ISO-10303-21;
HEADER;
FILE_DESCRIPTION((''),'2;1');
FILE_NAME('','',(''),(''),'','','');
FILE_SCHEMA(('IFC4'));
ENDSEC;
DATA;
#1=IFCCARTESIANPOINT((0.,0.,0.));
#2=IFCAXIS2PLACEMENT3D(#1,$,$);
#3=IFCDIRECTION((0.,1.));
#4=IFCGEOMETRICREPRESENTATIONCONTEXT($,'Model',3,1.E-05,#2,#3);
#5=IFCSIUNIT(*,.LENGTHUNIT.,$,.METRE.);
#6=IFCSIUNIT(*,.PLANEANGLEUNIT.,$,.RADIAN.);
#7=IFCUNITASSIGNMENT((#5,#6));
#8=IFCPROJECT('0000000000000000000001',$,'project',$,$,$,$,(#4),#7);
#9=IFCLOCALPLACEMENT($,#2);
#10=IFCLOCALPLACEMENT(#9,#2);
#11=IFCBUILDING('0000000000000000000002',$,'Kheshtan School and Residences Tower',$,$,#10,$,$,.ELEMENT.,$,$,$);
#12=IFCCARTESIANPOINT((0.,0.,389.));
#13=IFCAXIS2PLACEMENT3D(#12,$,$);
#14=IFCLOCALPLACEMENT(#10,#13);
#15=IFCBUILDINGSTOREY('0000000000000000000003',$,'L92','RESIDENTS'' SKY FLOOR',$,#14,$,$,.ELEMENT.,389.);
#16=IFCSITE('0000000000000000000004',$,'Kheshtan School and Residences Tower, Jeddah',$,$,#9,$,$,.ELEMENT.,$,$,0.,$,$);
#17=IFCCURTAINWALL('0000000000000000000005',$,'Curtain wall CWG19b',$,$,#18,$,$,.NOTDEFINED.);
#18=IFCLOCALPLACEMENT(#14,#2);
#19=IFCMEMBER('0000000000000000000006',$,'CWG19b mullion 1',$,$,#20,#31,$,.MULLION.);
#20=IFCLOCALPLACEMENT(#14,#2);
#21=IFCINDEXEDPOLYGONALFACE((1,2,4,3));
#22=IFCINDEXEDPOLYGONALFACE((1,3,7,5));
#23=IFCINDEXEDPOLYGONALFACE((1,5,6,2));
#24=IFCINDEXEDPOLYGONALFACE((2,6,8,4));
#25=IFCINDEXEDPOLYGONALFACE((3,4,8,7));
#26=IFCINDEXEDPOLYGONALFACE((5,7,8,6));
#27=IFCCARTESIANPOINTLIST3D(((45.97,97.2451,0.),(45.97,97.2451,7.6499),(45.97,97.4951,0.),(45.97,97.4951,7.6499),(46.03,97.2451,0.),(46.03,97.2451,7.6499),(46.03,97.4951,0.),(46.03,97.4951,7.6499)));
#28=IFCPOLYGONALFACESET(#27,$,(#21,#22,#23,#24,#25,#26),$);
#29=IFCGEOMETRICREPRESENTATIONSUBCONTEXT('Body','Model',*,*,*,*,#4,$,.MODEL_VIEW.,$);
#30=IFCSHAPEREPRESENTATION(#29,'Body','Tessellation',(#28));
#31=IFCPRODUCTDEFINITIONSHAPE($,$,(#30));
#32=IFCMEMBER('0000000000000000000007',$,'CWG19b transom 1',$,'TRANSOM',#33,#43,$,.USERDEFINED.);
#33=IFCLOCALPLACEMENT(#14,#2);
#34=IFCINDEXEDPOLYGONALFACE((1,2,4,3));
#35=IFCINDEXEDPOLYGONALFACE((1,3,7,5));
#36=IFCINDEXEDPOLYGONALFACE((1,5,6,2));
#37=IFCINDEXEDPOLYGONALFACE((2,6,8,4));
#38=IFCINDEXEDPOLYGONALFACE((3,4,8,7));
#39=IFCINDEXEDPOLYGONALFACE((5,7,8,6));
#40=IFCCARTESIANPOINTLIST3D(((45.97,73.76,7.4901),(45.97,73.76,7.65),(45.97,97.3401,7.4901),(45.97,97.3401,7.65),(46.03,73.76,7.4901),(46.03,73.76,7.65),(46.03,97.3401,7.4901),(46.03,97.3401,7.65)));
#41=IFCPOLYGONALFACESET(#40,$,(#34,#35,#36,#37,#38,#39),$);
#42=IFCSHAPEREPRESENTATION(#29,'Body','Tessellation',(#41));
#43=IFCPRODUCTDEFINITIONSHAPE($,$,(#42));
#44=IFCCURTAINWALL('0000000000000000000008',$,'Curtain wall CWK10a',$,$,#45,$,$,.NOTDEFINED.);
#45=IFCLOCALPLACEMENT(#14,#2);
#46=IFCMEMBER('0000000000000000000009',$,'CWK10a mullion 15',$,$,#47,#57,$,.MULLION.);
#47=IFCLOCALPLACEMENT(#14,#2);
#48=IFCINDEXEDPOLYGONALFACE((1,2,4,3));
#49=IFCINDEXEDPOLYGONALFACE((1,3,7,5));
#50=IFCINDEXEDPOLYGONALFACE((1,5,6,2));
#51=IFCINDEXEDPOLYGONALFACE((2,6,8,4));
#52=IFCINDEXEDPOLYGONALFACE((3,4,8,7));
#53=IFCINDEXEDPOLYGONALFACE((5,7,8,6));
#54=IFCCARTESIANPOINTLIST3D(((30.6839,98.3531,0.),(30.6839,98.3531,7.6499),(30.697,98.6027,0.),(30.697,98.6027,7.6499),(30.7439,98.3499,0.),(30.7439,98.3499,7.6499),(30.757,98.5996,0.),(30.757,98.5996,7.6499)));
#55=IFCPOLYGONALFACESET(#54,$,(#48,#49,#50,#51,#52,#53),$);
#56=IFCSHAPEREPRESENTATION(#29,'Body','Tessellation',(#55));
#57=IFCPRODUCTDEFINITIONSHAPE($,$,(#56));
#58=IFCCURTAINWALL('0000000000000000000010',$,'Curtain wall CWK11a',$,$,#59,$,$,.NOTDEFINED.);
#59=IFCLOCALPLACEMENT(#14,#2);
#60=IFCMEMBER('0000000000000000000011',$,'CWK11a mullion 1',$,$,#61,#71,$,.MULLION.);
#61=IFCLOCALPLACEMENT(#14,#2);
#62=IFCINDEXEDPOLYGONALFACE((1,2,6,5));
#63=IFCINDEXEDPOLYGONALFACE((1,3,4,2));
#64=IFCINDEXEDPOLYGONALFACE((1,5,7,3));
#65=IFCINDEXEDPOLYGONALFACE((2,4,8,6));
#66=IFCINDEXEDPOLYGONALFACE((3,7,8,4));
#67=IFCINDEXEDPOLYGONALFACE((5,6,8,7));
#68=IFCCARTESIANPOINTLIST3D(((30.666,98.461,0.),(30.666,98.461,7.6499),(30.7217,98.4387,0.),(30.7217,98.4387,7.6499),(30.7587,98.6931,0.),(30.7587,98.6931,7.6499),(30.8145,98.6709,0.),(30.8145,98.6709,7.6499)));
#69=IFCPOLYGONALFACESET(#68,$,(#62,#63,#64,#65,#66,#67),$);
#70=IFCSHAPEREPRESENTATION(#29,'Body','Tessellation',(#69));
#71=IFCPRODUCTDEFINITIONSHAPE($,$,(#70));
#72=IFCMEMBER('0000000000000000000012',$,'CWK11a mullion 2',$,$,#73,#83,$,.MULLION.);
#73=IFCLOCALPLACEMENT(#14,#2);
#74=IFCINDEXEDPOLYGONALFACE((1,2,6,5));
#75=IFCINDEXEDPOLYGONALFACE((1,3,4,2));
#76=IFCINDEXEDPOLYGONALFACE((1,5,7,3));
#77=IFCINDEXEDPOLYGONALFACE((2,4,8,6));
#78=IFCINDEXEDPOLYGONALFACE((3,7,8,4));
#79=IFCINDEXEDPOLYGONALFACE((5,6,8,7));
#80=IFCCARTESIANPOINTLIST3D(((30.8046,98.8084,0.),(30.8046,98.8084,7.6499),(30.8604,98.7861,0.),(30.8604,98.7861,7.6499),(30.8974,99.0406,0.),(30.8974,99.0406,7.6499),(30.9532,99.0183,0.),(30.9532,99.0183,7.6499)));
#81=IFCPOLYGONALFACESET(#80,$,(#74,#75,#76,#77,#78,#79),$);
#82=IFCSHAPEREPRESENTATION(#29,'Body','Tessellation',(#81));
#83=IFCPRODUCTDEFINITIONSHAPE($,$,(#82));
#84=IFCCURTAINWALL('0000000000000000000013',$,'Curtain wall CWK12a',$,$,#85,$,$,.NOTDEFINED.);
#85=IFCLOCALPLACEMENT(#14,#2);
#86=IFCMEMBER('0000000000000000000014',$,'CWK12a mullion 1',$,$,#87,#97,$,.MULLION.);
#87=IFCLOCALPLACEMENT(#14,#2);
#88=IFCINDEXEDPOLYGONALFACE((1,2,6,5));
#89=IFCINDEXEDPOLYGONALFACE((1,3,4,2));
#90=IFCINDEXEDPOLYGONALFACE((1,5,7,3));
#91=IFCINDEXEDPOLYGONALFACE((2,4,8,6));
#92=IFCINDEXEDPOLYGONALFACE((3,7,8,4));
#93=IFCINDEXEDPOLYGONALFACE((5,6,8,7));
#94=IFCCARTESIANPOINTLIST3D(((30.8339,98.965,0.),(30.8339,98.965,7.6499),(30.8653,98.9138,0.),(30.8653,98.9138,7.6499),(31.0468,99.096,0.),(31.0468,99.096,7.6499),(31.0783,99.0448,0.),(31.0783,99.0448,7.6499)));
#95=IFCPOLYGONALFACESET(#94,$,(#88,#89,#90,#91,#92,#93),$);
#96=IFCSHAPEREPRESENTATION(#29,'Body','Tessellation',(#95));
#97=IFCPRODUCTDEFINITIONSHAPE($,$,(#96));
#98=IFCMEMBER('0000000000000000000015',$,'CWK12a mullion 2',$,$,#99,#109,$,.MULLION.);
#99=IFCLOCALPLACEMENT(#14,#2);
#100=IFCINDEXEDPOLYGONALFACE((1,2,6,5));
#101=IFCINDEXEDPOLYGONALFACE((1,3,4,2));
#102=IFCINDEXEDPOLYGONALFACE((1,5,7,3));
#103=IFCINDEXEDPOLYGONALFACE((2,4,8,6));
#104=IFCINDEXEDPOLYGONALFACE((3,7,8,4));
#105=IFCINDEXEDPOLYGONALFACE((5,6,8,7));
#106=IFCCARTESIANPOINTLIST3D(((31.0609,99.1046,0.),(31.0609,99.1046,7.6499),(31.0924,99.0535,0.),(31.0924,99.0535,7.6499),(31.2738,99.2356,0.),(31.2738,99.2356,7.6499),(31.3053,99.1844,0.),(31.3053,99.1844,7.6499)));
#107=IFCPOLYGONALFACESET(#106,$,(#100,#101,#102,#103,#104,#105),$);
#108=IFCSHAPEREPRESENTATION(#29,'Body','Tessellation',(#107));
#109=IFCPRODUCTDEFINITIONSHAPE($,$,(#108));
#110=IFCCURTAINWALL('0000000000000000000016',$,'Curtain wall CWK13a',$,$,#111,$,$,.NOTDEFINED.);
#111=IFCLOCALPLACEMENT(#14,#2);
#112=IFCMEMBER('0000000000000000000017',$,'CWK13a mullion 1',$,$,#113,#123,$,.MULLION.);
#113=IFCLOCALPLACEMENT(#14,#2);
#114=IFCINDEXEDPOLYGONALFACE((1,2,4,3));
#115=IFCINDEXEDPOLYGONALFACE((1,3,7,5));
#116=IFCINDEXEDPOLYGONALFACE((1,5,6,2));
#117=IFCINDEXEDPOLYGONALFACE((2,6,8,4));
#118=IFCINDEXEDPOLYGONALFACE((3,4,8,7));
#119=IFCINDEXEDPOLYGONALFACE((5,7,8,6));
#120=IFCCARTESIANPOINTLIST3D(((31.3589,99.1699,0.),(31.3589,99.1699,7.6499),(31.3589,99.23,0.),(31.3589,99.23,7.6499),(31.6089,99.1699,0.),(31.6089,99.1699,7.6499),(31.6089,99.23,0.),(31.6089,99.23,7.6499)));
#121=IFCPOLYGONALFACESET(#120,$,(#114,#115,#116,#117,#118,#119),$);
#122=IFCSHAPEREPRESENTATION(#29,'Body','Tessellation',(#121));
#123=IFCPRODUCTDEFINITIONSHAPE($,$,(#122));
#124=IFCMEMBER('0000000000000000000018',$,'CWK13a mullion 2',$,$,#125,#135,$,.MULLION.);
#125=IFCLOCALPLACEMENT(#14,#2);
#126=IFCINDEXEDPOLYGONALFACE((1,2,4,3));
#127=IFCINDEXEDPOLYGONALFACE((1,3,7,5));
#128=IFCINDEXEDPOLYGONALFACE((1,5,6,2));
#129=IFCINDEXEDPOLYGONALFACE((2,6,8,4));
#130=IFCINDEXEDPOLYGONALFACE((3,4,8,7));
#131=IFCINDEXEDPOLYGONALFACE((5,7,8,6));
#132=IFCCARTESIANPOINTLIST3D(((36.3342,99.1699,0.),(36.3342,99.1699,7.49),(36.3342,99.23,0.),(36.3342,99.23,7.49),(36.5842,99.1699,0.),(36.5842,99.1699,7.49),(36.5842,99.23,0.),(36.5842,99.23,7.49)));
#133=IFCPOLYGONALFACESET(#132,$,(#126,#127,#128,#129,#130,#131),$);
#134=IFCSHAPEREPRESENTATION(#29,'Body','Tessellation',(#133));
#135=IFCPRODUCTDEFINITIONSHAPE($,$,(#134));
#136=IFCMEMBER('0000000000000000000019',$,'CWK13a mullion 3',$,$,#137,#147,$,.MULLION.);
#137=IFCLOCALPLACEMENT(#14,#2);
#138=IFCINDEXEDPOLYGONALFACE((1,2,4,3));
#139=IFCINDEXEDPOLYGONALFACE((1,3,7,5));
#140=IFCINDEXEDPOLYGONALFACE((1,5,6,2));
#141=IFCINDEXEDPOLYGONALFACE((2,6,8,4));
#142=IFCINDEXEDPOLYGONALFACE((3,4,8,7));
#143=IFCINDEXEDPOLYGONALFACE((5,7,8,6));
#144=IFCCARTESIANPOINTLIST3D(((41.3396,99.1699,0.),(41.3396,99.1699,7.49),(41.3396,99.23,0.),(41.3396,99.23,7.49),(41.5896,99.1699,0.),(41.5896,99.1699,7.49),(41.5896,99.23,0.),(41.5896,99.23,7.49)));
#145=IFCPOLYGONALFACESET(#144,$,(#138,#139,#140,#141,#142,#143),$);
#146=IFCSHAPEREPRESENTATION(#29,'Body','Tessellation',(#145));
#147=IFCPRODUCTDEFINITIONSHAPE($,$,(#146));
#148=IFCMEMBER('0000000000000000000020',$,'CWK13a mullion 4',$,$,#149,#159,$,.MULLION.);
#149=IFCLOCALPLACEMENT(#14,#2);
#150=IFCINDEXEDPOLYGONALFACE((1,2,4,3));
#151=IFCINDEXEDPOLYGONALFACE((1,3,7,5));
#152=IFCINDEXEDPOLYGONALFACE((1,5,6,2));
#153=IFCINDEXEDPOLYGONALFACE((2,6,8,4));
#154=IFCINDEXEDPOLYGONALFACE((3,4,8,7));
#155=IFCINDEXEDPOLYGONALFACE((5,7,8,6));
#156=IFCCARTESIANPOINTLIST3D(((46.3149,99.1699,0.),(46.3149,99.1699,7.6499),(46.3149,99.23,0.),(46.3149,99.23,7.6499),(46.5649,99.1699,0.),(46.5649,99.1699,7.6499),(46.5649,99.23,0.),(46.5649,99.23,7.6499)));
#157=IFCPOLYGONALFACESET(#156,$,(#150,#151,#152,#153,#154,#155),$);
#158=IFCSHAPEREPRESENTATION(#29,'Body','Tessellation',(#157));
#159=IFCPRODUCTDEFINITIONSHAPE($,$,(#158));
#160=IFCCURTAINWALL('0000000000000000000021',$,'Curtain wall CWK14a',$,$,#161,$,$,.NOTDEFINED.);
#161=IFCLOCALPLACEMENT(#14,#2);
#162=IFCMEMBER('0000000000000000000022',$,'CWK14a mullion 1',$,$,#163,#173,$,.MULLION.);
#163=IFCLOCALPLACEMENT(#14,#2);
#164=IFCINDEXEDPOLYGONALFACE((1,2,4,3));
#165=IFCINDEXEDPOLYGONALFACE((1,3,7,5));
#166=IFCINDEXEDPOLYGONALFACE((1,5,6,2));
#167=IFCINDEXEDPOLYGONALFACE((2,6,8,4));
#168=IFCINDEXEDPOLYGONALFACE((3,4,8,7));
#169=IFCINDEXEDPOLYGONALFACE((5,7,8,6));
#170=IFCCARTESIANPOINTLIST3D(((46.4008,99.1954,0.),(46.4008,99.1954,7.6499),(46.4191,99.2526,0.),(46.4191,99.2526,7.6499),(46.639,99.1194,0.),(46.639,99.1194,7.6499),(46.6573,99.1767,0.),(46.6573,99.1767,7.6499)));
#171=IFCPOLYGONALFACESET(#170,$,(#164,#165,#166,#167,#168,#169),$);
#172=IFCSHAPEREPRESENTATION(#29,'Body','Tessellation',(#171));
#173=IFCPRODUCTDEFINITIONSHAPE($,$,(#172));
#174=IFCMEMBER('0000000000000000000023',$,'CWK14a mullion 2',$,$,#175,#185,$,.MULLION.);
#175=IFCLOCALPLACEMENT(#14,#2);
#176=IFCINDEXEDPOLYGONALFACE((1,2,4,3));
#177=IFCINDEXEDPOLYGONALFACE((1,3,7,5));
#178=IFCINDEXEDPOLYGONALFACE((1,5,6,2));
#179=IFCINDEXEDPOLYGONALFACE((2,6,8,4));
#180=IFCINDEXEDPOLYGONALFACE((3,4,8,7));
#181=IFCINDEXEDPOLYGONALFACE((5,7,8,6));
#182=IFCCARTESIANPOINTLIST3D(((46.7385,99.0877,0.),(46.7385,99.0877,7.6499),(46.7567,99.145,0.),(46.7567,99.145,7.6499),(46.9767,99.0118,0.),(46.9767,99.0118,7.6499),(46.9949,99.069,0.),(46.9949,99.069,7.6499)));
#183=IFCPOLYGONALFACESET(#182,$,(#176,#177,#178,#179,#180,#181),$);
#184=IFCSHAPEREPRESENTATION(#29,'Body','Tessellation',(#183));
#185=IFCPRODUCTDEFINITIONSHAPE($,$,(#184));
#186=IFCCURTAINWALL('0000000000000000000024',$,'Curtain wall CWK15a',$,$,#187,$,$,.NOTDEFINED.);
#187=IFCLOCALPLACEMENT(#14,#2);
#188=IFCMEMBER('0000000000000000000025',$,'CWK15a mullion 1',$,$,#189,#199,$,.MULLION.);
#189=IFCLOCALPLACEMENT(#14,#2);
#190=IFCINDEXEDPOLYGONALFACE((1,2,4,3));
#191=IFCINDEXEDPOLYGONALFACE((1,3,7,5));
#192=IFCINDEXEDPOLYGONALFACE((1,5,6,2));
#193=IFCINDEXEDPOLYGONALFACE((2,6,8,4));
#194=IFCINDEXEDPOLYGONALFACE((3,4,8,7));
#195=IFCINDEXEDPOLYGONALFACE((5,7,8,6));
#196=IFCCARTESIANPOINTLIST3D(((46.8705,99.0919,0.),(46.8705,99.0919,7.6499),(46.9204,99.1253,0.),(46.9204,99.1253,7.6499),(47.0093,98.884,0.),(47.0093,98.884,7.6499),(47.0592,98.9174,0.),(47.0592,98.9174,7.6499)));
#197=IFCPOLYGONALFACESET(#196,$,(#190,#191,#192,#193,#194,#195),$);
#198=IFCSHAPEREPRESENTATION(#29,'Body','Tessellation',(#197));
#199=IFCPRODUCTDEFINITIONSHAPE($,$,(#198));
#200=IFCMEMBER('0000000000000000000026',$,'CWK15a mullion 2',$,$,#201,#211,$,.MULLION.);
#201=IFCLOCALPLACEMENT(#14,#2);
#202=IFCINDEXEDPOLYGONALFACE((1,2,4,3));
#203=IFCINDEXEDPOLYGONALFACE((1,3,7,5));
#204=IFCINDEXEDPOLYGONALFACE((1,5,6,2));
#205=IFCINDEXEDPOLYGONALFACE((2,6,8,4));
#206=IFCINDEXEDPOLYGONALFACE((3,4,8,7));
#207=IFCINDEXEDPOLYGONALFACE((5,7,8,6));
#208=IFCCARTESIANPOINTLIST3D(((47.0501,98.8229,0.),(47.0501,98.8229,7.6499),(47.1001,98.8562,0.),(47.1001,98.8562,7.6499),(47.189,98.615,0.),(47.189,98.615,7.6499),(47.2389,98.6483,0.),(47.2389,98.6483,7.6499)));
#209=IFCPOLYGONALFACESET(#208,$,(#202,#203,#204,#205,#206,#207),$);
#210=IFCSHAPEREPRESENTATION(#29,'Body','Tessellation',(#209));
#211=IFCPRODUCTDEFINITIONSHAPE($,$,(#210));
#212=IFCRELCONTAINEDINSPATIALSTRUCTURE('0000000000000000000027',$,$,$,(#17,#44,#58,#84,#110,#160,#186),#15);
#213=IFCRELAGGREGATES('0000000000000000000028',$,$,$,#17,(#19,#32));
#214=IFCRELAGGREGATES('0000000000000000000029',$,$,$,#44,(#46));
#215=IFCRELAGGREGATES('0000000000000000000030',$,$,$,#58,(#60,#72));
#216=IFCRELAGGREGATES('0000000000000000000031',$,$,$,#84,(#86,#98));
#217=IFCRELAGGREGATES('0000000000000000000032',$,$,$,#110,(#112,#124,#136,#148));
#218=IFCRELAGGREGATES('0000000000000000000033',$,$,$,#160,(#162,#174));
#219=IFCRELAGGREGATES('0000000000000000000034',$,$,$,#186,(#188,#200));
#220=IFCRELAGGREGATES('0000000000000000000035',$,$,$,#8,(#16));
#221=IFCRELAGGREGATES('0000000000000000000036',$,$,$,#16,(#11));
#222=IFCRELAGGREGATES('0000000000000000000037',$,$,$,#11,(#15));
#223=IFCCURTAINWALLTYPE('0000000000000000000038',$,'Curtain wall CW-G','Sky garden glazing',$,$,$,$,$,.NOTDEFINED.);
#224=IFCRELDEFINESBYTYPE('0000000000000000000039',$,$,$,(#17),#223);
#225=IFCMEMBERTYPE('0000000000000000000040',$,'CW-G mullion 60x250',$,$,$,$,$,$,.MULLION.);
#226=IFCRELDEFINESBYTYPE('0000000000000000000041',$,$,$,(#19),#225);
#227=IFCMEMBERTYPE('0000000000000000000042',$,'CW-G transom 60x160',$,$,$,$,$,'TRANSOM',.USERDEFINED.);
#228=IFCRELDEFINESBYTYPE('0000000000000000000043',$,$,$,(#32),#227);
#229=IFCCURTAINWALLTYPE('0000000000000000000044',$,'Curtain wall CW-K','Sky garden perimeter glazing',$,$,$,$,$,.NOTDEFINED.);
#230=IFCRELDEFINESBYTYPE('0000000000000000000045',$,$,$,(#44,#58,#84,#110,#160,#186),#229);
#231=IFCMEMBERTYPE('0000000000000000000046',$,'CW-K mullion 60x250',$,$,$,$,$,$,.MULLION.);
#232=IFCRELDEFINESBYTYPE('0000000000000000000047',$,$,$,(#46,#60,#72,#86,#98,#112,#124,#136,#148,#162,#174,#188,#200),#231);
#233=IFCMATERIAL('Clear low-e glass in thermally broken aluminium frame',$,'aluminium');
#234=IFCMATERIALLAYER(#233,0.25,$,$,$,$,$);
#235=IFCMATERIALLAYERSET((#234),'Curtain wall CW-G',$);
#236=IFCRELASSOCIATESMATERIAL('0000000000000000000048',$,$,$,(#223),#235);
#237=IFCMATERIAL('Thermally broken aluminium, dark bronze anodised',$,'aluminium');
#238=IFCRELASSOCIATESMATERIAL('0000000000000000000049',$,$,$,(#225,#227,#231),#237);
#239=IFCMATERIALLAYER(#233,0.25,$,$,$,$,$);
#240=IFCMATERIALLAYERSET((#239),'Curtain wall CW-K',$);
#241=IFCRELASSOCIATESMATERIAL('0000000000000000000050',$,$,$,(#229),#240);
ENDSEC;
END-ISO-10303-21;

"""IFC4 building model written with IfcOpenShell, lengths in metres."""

from ifc_helpers import new_model, si_unit, direction, frame, origin, origin_2d, place, context, subcontext, project, spatial, rectangle, extrude, material, layer, layer_set, material_profile, profile_set, type_object, element, aggregate, save


model = new_model("IFC4")

# Units and contexts
model_context = context("Model", 3, precision=1e-05, world=origin(), true_north=direction((0.0, 1.0)))
body_context = subcontext(model_context, "Body", "Model", "MODEL_VIEW")
ifc_project = project(units=[si_unit("LENGTHUNIT", "METRE"), si_unit("PLANEANGLEUNIT", "RADIAN")], contexts=[model_context])

# Site, building, storey
site_placement = place(None, origin())
site = spatial("IfcSite", under=ifc_project, at=site_placement, Name="Kheshtan School and Residences Tower, Jeddah", CompositionType="ELEMENT", RefElevation=0.0)
building_placement = place(site_placement, origin())
building = spatial("IfcBuilding", under=site, at=building_placement, Name="Kheshtan School and Residences Tower", CompositionType="ELEMENT")
storey_placement = place(building_placement, frame((0.0, 0.0, 389.0)))
storey = spatial("IfcBuildingStorey", under=building, at=storey_placement, Name="L92", Description="RESIDENTS' SKY FLOOR", CompositionType="ELEMENT", Elevation=389.0)

# Curtain wall, members
ifc_material_1 = material(Name="Clear low-e glass in thermally broken aluminium frame", Category="aluminium")
ifc_layer_1 = layer(ifc_material_1, 0.25)
ifc_layer_set_1 = layer_set([ifc_layer_1], Name="Curtain wall CW-G")
curtain_wall_type_1 = type_object("IfcCurtainWallType", Name="Curtain wall CW-G", Description="Sky garden glazing", PredefinedType="NOTDEFINED", material=ifc_layer_set_1)
curtain_wall_1_placement = place(storey_placement, origin())
curtain_wall_1 = element("IfcCurtainWall", 1, at=curtain_wall_1_placement, inside=storey, type_object=curtain_wall_type_1, Name="Curtain wall CWG19b", PredefinedType="NOTDEFINED")
ifc_material_2 = material(Name="Thermally broken aluminium, dark bronze anodised", Category="aluminium")
ifc_material_profile_1 = material_profile(ifc_material_2, rectangle(XDim=0.0601, YDim=0.25, at=origin_2d()), Name="CW-G mullion 60x250")
ifc_profile_set_1 = profile_set([ifc_material_profile_1], Name="Thermally broken aluminium, dark bronze anodised")
member_type_1 = type_object("IfcMemberType", Name="CW-G mullion 60x250", PredefinedType="MULLION", material=ifc_profile_set_1)
member_1_placement = place(storey_placement, frame((46.0, 97.3701, 0.0), z_axis=(0.0, 0.0, 1.0), x_axis=(1.0, 0.0, 0.0)))
member_1 = element("IfcMember", 2, at=member_1_placement, type_object=member_type_1, Name="CWG19b mullion 1", PredefinedType="MULLION", context=body_context, shape_type="SweptSolid", body=[
    extrude(rectangle(XDim=0.0601, YDim=0.25, at=origin_2d()), origin(), (0.0, 0.0, 1.0), 7.6499),
])
ifc_material_profile_2 = material_profile(ifc_material_2, rectangle(XDim=0.0601, YDim=0.1599, at=origin_2d()), Name="CW-G transom 60x160")
ifc_profile_set_2 = profile_set([ifc_material_profile_2], Name="Thermally broken aluminium, dark bronze anodised")
member_type_2 = type_object("IfcMemberType", Name="CW-G transom 60x160", ElementType="TRANSOM", PredefinedType="USERDEFINED", material=ifc_profile_set_2)
member_2_placement = place(storey_placement, frame((46.0, 97.3401, 7.5701), z_axis=(0.0, -1.0, 0.0), x_axis=(1.0, 0.0, 0.0)))
member_2 = element("IfcMember", 3, at=member_2_placement, type_object=member_type_2, Name="CWG19b transom 1", ObjectType="TRANSOM", PredefinedType="USERDEFINED", context=body_context, shape_type="SweptSolid", body=[
    extrude(rectangle(XDim=0.0601, YDim=0.1599, at=origin_2d()), origin(), (0.0, 0.0, 1.0), 23.5801),
])
aggregate(curtain_wall_1, [member_1, member_2])

# Curtain wall, member
ifc_layer_2 = layer(ifc_material_1, 0.25)
ifc_layer_set_2 = layer_set([ifc_layer_2], Name="Curtain wall CW-K")
curtain_wall_type_2 = type_object("IfcCurtainWallType", Name="Curtain wall CW-K", Description="Sky garden perimeter glazing", PredefinedType="NOTDEFINED", material=ifc_layer_set_2)
curtain_wall_2_placement = place(storey_placement, origin())
curtain_wall_2 = element("IfcCurtainWall", 4, at=curtain_wall_2_placement, inside=storey, type_object=curtain_wall_type_2, Name="Curtain wall CWK10a", PredefinedType="NOTDEFINED")
ifc_material_profile_3 = material_profile(ifc_material_2, rectangle(XDim=0.0601, YDim=0.25, at=origin_2d()), Name="CW-K mullion 60x250")
ifc_profile_set_3 = profile_set([ifc_material_profile_3], Name="Thermally broken aluminium, dark bronze anodised")
member_type_3 = type_object("IfcMemberType", Name="CW-K mullion 60x250", PredefinedType="MULLION", material=ifc_profile_set_3)
member_3_placement = place(storey_placement, frame((30.7205, 98.4763, 0.0), z_axis=(0.0, 0.0, 1.0), x_axis=(-0.998617, 0.052565, 0.0)))
member_3 = element("IfcMember", 5, at=member_3_placement, type_object=member_type_3, Name="CWK10a mullion 15", PredefinedType="MULLION", context=body_context, shape_type="SweptSolid", body=[
    extrude(rectangle(XDim=0.0601, YDim=0.25, at=origin_2d()), origin(), (0.0, 0.0, 1.0), 7.6499),
])
aggregate(curtain_wall_2, [member_3])

# Curtain walls, members
curtain_wall_3_placement = place(storey_placement, origin())
curtain_wall_3 = element("IfcCurtainWall", 6, at=curtain_wall_3_placement, inside=storey, type_object=curtain_wall_type_2, Name="Curtain wall CWK11a", PredefinedType="NOTDEFINED")
member_4_placement = place(storey_placement, frame((30.7402, 98.5659, 0.0), z_axis=(0.0, 0.0, 1.0), x_axis=(-0.928636, 0.370993, 0.0)))
member_4 = element("IfcMember", 7, at=member_4_placement, type_object=member_type_3, Name="CWK11a mullion 1", PredefinedType="MULLION", context=body_context, shape_type="SweptSolid", body=[
    extrude(rectangle(XDim=0.0601, YDim=0.25, at=origin_2d()), origin(), (0.0, 0.0, 1.0), 7.6499),
])
member_5_placement = place(storey_placement, frame((30.8789, 98.9133, 0.0), z_axis=(0.0, 0.0, 1.0), x_axis=(-0.928636, 0.370993, 0.0)))
member_5 = element("IfcMember", 8, at=member_5_placement, type_object=member_type_3, Name="CWK11a mullion 2", PredefinedType="MULLION", context=body_context, shape_type="SweptSolid", body=[
    extrude(rectangle(XDim=0.0601, YDim=0.25, at=origin_2d()), origin(), (0.0, 0.0, 1.0), 7.6499),
])
curtain_wall_4_placement = place(storey_placement, origin())
curtain_wall_4 = element("IfcCurtainWall", 9, at=curtain_wall_4_placement, inside=storey, type_object=curtain_wall_type_2, Name="Curtain wall CWK12a", PredefinedType="NOTDEFINED")
member_6_placement = place(storey_placement, frame((30.9561, 99.0049, 0.0), z_axis=(0.0, 0.0, 1.0), x_axis=(-0.523926, 0.851763, 0.0)))
member_6 = element("IfcMember", 10, at=member_6_placement, type_object=member_type_3, Name="CWK12a mullion 1", PredefinedType="MULLION", context=body_context, shape_type="SweptSolid", body=[
    extrude(rectangle(XDim=0.0601, YDim=0.25, at=origin_2d()), origin(), (0.0, 0.0, 1.0), 7.6499),
])
member_7_placement = place(storey_placement, frame((31.1831, 99.1445, 0.0), z_axis=(0.0, 0.0, 1.0), x_axis=(-0.523926, 0.851763, 0.0)))
member_7 = element("IfcMember", 11, at=member_7_placement, type_object=member_type_3, Name="CWK12a mullion 2", PredefinedType="MULLION", context=body_context, shape_type="SweptSolid", body=[
    extrude(rectangle(XDim=0.0601, YDim=0.25, at=origin_2d()), origin(), (0.0, 0.0, 1.0), 7.6499),
])
curtain_wall_5_placement = place(storey_placement, origin())
curtain_wall_5 = element("IfcCurtainWall", 12, at=curtain_wall_5_placement, inside=storey, type_object=curtain_wall_type_2, Name="Curtain wall CWK13a", PredefinedType="NOTDEFINED")
member_8_placement = place(storey_placement, frame((31.4839, 99.2, 0.0), z_axis=(0.0, 0.0, 1.0), x_axis=(0.0, 1.0, 0.0)))
member_8 = element("IfcMember", 13, at=member_8_placement, type_object=member_type_3, Name="CWK13a mullion 1", PredefinedType="MULLION", context=body_context, shape_type="SweptSolid", body=[
    extrude(rectangle(XDim=0.0601, YDim=0.25, at=origin_2d()), origin(), (0.0, 0.0, 1.0), 7.6499),
])
member_9_placement = place(storey_placement, frame((36.4592, 99.2, 0.0), z_axis=(0.0, 0.0, 1.0), x_axis=(0.0, 1.0, 0.0)))
member_9 = element("IfcMember", 14, at=member_9_placement, type_object=member_type_3, Name="CWK13a mullion 2", PredefinedType="MULLION", context=body_context, shape_type="SweptSolid", body=[
    extrude(rectangle(XDim=0.0601, YDim=0.25, at=origin_2d()), origin(), (0.0, 0.0, 1.0), 7.49),
])
member_10_placement = place(storey_placement, frame((41.4646, 99.2, 0.0), z_axis=(0.0, 0.0, 1.0), x_axis=(0.0, 1.0, 0.0)))
member_10 = element("IfcMember", 15, at=member_10_placement, type_object=member_type_3, Name="CWK13a mullion 3", PredefinedType="MULLION", context=body_context, shape_type="SweptSolid", body=[
    extrude(rectangle(XDim=0.0601, YDim=0.25, at=origin_2d()), origin(), (0.0, 0.0, 1.0), 7.49),
])
member_11_placement = place(storey_placement, frame((46.4399, 99.2, 0.0), z_axis=(0.0, 0.0, 1.0), x_axis=(0.0, 1.0, 0.0)))
member_11 = element("IfcMember", 16, at=member_11_placement, type_object=member_type_3, Name="CWK13a mullion 4", PredefinedType="MULLION", context=body_context, shape_type="SweptSolid", body=[
    extrude(rectangle(XDim=0.0601, YDim=0.25, at=origin_2d()), origin(), (0.0, 0.0, 1.0), 7.6499),
])
curtain_wall_6_placement = place(storey_placement, origin())
curtain_wall_6 = element("IfcCurtainWall", 17, at=curtain_wall_6_placement, inside=storey, type_object=curtain_wall_type_2, Name="Curtain wall CWK14a", PredefinedType="NOTDEFINED")
member_12_placement = place(storey_placement, frame((46.5291, 99.186, 0.0), z_axis=(0.0, 0.0, 1.0), x_axis=(0.3039, 0.952704, 0.0)))
member_12 = element("IfcMember", 18, at=member_12_placement, type_object=member_type_3, Name="CWK14a mullion 1", PredefinedType="MULLION", context=body_context, shape_type="SweptSolid", body=[
    extrude(rectangle(XDim=0.0601, YDim=0.25, at=origin_2d()), origin(), (0.0, 0.0, 1.0), 7.6499),
])
member_13_placement = place(storey_placement, frame((46.8667, 99.0784, 0.0), z_axis=(0.0, 0.0, 1.0), x_axis=(0.3039, 0.952704, 0.0)))
member_13 = element("IfcMember", 19, at=member_13_placement, type_object=member_type_3, Name="CWK14a mullion 2", PredefinedType="MULLION", context=body_context, shape_type="SweptSolid", body=[
    extrude(rectangle(XDim=0.0601, YDim=0.25, at=origin_2d()), origin(), (0.0, 0.0, 1.0), 7.6499),
])
curtain_wall_7_placement = place(storey_placement, origin())
curtain_wall_7 = element("IfcCurtainWall", 20, at=curtain_wall_7_placement, inside=storey, type_object=curtain_wall_type_2, Name="Curtain wall CWK15a", PredefinedType="NOTDEFINED")
member_14_placement = place(storey_placement, frame((46.9648, 99.0046, 0.0), z_axis=(0.0, 0.0, 1.0), x_axis=(0.831649, 0.555302, 0.0)))
member_14 = element("IfcMember", 21, at=member_14_placement, type_object=member_type_3, Name="CWK15a mullion 1", PredefinedType="MULLION", context=body_context, shape_type="SweptSolid", body=[
    extrude(rectangle(XDim=0.0601, YDim=0.25, at=origin_2d()), origin(), (0.0, 0.0, 1.0), 7.6499),
])
member_15_placement = place(storey_placement, frame((47.1445, 98.7356, 0.0), z_axis=(0.0, 0.0, 1.0), x_axis=(0.831649, 0.555302, 0.0)))
member_15 = element("IfcMember", 22, at=member_15_placement, type_object=member_type_3, Name="CWK15a mullion 2", PredefinedType="MULLION", context=body_context, shape_type="SweptSolid", body=[
    extrude(rectangle(XDim=0.0601, YDim=0.25, at=origin_2d()), origin(), (0.0, 0.0, 1.0), 7.6499),
])

aggregate(curtain_wall_3, [member_4, member_5])
aggregate(curtain_wall_4, [member_6, member_7])
aggregate(curtain_wall_5, [member_8, member_9, member_10, member_11])
aggregate(curtain_wall_6, [member_12, member_13])
aggregate(curtain_wall_7, [member_14, member_15])

save(model, "model.ifc")
